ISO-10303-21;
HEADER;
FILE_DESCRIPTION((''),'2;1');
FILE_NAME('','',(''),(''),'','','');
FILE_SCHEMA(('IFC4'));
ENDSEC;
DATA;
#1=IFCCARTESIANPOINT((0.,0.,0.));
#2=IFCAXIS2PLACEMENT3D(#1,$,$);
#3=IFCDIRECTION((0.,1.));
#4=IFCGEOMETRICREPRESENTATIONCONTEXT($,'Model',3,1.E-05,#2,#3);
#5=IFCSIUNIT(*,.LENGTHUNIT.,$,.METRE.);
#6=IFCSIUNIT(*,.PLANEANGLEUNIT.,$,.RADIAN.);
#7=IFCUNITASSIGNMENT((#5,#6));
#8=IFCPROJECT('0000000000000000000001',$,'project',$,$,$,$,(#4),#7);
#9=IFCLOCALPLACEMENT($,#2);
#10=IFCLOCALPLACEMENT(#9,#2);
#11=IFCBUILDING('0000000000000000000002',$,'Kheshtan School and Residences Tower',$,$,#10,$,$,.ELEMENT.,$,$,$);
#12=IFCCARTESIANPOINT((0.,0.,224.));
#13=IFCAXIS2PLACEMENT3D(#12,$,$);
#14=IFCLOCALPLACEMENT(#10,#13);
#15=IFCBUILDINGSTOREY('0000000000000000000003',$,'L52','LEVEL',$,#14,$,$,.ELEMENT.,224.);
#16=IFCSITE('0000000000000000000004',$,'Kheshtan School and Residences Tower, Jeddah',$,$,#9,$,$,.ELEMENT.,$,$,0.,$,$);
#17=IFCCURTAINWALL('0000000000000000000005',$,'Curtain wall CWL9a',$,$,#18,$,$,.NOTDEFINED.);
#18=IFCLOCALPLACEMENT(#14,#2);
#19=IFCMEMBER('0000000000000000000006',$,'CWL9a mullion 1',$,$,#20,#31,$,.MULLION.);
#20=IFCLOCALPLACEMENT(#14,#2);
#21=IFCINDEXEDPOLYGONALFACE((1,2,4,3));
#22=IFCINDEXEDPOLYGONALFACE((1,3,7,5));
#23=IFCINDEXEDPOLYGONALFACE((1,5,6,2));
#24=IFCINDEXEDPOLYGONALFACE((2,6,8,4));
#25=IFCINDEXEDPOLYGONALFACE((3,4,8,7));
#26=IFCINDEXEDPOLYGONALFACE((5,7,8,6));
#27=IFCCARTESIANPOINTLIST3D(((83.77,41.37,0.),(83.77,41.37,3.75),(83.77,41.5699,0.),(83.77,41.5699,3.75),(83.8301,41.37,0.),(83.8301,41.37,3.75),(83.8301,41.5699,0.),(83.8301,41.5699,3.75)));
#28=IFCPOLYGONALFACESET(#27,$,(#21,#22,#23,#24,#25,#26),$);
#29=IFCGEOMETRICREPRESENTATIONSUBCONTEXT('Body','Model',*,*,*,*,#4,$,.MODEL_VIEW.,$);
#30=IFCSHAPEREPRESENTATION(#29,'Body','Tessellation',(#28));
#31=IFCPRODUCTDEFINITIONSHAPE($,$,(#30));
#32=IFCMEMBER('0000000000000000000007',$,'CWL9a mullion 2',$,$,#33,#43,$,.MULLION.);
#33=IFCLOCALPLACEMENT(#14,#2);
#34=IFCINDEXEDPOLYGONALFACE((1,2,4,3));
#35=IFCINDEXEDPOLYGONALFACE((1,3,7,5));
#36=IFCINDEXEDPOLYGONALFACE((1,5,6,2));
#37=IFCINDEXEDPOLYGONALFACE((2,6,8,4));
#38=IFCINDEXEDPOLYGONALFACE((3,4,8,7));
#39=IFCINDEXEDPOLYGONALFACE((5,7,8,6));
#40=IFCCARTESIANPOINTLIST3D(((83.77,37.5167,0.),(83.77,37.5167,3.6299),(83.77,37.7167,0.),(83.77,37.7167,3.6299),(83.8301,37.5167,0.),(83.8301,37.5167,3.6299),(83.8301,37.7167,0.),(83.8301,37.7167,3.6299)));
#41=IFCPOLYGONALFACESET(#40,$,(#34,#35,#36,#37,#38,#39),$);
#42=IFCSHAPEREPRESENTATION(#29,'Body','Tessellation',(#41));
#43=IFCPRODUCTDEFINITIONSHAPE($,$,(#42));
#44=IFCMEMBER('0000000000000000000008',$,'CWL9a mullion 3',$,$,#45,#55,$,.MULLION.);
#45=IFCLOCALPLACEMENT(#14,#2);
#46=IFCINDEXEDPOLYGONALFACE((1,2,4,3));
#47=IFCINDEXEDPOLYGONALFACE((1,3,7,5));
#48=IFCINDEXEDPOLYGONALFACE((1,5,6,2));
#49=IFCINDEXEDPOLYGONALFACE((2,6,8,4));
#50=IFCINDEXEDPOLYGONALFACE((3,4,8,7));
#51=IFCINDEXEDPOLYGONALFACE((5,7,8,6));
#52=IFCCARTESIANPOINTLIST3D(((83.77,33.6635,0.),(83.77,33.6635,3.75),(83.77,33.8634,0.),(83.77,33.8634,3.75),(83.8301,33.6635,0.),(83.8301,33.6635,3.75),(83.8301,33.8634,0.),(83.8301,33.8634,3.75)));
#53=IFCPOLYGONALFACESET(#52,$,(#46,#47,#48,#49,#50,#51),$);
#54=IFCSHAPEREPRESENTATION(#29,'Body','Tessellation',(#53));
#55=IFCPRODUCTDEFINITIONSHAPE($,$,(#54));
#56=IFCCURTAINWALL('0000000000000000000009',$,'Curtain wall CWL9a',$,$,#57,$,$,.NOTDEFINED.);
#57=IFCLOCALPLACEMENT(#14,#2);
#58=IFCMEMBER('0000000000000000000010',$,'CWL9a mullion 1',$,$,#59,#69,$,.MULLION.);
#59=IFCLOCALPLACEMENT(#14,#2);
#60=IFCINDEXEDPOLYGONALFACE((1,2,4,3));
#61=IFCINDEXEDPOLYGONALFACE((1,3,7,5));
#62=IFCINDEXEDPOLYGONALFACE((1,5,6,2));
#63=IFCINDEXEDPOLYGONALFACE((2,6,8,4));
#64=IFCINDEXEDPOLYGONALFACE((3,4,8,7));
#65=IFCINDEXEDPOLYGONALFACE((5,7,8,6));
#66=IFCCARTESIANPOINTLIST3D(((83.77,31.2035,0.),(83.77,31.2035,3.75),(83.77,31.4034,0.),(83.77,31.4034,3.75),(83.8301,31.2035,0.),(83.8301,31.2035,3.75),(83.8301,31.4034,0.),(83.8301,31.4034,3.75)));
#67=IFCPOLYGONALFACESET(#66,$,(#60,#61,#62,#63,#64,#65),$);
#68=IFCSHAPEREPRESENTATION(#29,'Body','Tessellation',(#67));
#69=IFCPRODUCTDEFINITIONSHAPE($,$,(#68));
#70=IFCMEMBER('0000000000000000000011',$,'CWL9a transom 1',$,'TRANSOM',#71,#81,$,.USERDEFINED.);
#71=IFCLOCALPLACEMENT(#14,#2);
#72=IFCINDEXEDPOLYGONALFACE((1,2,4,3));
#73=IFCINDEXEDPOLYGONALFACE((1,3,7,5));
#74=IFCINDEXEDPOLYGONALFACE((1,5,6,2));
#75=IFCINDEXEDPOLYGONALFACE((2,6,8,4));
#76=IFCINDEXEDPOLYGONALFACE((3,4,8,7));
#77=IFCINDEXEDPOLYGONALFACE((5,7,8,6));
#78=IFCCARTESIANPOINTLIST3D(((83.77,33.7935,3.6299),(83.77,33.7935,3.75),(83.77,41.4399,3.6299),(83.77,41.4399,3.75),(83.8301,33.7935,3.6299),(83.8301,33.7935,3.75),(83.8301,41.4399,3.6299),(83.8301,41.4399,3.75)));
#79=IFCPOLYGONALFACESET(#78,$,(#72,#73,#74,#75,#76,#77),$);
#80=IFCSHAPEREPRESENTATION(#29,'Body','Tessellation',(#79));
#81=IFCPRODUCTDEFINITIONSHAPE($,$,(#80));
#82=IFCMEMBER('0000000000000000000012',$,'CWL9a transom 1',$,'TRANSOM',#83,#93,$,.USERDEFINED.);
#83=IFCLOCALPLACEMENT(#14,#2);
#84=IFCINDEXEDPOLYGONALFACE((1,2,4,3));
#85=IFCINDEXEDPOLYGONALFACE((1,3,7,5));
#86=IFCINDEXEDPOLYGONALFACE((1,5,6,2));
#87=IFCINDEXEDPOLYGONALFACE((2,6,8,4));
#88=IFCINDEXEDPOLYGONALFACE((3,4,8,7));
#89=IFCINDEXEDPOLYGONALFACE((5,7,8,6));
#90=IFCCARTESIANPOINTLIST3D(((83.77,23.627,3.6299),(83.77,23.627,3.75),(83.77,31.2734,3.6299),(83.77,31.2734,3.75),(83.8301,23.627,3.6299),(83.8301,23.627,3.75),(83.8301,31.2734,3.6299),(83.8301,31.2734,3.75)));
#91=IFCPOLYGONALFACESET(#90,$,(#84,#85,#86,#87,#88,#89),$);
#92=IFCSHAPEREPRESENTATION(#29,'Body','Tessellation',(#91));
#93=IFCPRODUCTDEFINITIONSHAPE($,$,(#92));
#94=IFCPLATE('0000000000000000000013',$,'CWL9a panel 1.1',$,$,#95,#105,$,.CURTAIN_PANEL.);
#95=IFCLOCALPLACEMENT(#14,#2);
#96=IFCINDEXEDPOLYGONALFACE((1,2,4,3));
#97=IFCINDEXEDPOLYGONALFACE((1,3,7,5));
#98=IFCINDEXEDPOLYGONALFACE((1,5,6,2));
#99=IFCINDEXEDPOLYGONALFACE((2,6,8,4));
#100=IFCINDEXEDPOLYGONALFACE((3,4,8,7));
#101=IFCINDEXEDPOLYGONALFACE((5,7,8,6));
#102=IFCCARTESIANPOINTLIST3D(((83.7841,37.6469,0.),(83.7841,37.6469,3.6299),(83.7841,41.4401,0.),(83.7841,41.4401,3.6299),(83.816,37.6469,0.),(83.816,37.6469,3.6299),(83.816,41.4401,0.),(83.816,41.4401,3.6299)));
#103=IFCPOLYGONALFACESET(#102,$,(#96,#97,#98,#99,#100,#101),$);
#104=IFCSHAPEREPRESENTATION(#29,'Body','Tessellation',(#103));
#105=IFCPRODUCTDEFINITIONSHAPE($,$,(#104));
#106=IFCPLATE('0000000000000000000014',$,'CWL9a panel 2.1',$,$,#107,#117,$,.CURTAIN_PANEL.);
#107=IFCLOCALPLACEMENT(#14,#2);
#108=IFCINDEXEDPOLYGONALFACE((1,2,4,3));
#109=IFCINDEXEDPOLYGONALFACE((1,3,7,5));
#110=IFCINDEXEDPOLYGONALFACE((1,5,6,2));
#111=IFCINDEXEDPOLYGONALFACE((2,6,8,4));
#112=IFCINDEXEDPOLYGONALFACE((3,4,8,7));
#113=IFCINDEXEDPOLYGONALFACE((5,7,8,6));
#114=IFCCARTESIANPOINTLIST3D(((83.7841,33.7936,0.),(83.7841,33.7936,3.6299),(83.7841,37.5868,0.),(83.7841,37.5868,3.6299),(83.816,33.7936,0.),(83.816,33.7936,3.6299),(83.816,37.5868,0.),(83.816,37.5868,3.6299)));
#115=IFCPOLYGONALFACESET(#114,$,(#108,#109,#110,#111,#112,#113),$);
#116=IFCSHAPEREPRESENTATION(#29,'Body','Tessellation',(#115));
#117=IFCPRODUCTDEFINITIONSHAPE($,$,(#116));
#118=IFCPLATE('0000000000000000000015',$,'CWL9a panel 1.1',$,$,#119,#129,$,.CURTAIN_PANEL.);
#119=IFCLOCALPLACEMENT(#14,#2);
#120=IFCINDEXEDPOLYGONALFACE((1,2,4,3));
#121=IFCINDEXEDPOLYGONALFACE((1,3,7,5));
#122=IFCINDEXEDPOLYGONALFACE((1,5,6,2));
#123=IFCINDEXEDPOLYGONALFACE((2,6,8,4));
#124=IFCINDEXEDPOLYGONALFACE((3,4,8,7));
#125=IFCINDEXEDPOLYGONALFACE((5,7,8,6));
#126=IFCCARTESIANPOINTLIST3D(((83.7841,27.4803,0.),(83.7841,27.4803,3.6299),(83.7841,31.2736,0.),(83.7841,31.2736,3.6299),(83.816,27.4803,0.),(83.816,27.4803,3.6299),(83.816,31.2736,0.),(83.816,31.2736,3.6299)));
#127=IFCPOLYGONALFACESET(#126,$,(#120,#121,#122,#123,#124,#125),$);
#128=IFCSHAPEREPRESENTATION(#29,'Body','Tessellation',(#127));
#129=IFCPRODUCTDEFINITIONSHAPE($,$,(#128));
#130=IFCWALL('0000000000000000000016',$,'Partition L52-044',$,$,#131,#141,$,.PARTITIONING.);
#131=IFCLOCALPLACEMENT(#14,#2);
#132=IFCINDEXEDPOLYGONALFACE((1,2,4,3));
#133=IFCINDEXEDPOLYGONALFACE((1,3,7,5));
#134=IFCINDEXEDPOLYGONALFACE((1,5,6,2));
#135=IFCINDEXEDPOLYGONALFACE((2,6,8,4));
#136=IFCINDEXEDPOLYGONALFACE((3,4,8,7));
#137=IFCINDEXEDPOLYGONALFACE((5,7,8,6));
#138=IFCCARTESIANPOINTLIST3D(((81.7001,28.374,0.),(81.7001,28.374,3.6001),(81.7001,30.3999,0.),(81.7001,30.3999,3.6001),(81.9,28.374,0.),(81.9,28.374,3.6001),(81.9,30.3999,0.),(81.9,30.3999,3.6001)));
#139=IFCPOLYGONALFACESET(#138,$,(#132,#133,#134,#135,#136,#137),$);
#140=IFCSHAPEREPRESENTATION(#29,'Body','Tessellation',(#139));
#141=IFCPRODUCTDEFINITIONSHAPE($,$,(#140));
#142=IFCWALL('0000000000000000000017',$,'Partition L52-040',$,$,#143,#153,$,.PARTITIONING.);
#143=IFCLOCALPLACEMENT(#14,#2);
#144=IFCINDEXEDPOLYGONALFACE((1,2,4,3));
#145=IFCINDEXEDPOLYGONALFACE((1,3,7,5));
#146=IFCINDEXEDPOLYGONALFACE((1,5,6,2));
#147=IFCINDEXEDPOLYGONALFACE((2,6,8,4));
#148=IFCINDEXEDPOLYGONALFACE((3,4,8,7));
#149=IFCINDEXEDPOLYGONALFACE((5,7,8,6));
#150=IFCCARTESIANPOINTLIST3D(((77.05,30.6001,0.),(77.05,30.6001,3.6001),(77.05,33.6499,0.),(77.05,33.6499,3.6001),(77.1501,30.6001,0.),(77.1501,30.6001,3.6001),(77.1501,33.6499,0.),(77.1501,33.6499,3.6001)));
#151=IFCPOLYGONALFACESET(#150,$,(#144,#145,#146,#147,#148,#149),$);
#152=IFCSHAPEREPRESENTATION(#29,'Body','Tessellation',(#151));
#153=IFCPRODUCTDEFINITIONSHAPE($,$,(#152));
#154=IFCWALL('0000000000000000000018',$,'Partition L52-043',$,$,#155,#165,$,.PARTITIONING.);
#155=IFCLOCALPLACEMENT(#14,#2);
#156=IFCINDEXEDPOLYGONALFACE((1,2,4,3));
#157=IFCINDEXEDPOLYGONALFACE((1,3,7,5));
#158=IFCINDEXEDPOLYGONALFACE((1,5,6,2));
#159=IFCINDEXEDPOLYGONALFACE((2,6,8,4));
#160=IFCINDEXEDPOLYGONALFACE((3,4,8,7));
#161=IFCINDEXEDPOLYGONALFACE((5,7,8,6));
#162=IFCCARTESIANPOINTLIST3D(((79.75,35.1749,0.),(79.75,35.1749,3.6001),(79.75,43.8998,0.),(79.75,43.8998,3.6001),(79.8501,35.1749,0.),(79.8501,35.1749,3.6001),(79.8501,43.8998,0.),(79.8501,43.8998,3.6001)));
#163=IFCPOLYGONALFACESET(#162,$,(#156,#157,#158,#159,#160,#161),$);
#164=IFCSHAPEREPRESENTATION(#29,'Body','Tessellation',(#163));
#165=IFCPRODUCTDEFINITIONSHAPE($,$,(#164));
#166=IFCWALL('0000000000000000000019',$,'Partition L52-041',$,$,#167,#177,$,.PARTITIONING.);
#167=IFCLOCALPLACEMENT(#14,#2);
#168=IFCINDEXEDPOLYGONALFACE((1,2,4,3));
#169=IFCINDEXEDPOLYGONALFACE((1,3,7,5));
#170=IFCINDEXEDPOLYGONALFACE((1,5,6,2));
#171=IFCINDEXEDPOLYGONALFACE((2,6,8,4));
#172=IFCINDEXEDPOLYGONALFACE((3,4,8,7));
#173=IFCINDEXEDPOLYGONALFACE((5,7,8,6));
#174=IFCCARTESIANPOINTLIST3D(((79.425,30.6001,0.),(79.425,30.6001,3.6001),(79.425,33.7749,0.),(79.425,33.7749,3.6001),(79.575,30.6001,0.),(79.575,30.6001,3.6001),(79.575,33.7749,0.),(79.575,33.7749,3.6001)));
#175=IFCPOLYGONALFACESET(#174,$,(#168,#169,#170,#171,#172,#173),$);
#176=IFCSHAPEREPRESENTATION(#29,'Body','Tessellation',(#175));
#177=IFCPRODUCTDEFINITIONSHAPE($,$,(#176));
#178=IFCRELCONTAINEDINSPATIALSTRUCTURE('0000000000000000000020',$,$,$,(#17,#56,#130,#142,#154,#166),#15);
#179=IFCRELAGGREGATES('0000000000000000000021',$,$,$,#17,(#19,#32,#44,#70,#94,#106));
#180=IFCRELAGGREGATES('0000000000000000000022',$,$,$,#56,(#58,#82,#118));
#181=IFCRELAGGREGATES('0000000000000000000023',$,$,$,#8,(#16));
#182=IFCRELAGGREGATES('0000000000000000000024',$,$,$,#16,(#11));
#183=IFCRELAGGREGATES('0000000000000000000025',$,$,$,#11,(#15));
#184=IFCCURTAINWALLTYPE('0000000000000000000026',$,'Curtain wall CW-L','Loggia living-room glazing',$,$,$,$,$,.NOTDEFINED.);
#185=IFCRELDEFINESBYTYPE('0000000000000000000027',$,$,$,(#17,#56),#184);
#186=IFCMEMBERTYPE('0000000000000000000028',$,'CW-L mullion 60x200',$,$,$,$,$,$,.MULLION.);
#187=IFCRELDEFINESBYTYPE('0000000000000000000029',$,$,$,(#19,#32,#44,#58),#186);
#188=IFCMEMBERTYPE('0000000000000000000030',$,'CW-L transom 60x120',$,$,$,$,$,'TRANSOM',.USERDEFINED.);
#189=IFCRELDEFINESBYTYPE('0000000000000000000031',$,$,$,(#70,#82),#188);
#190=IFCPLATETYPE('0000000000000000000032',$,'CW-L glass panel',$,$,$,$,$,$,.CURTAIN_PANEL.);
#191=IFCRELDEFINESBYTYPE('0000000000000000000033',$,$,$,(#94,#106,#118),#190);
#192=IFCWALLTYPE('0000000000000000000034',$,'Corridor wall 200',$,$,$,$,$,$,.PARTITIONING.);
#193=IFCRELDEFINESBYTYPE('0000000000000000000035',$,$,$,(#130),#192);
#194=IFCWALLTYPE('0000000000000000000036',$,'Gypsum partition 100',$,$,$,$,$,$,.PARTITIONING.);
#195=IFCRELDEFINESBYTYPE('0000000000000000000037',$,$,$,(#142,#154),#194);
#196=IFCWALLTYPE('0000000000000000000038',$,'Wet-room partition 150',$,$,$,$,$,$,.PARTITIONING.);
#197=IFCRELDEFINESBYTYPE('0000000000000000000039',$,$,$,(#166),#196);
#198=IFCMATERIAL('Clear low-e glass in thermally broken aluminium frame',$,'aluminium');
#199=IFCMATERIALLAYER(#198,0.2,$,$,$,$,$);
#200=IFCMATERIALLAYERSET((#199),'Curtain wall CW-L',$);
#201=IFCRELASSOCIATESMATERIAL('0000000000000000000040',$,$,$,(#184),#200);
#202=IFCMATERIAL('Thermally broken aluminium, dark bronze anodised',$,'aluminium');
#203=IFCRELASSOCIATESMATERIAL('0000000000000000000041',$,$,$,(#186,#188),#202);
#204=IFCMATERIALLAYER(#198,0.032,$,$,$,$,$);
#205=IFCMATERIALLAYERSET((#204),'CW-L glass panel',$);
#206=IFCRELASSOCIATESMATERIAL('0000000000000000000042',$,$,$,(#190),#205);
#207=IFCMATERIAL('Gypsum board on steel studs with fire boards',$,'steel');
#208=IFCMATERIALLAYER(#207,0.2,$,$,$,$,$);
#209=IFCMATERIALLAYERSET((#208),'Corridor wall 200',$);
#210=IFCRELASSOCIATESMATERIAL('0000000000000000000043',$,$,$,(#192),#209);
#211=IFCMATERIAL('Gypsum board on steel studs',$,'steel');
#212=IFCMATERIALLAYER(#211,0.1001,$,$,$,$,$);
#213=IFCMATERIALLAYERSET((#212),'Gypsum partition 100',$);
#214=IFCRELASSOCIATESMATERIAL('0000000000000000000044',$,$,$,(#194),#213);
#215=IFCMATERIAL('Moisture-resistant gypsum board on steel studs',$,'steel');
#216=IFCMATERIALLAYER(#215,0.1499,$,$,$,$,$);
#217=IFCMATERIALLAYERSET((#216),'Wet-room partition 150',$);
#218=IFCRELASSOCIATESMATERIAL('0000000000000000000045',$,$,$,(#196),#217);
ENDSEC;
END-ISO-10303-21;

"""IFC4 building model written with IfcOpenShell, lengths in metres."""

from ifc_helpers import new_model, si_unit, direction, frame, frame_2d, origin, origin_2d, place, context, subcontext, project, spatial, rectangle, extrude, material, layer, layer_set, material_profile, profile_set, type_object, element, aggregate, save


model = new_model("IFC4")

# Units and contexts
model_context = context("Model", 3, precision=1e-05, world=origin(), true_north=direction((0.0, 1.0)))
body_context = subcontext(model_context, "Body", "Model", "MODEL_VIEW")
ifc_project = project(units=[si_unit("LENGTHUNIT", "METRE"), si_unit("PLANEANGLEUNIT", "RADIAN")], contexts=[model_context])

# Site, building, storey
site_placement = place(None, origin())
site = spatial("IfcSite", under=ifc_project, at=site_placement, Name="Kheshtan School and Residences Tower, Jeddah", CompositionType="ELEMENT", RefElevation=0.0)
building_placement = place(site_placement, origin())
building = spatial("IfcBuilding", under=site, at=building_placement, Name="Kheshtan School and Residences Tower", CompositionType="ELEMENT")
storey_placement = place(building_placement, frame((0.0, 0.0, 224.0)))
storey = spatial("IfcBuildingStorey", under=building, at=storey_placement, Name="L52", Description="LEVEL", CompositionType="ELEMENT", Elevation=224.0)

# Curtain wall, members
ifc_material_1 = material(Name="Clear low-e glass in thermally broken aluminium frame", Category="aluminium")
ifc_layer_1 = layer(ifc_material_1, 0.2)
ifc_layer_set_1 = layer_set([ifc_layer_1], Name="Curtain wall CW-L")
curtain_wall_type = type_object("IfcCurtainWallType", Name="Curtain wall CW-L", Description="Loggia living-room glazing", PredefinedType="NOTDEFINED", material=ifc_layer_set_1)
curtain_wall_1_placement = place(storey_placement, origin())
curtain_wall_1 = element("IfcCurtainWall", 1, at=curtain_wall_1_placement, inside=storey, type_object=curtain_wall_type, Name="Curtain wall CWL9a", PredefinedType="NOTDEFINED")
ifc_material_2 = material(Name="Thermally broken aluminium, dark bronze anodised", Category="aluminium")
ifc_material_profile_1 = material_profile(ifc_material_2, rectangle(XDim=0.0601, YDim=0.2, at=origin_2d()), Name="CW-L mullion 60x200")
ifc_profile_set_1 = profile_set([ifc_material_profile_1], Name="Thermally broken aluminium, dark bronze anodised")
member_type_1 = type_object("IfcMemberType", Name="CW-L mullion 60x200", PredefinedType="MULLION", material=ifc_profile_set_1)
member_1_placement = place(storey_placement, frame((83.8, 41.47, 0.0), z_axis=(0.0, 0.0, 1.0), x_axis=(1.0, 0.0, 0.0)))
member_1 = element("IfcMember", 2, at=member_1_placement, type_object=member_type_1, Name="CWL9a mullion 1", PredefinedType="MULLION", context=body_context, shape_type="SweptSolid", body=[
    extrude(rectangle(XDim=0.0601, YDim=0.2, at=origin_2d()), origin(), (0.0, 0.0, 1.0), 3.75),
])
member_2_placement = place(storey_placement, frame((83.8, 37.6167, 0.0), z_axis=(0.0, 0.0, 1.0), x_axis=(1.0, 0.0, 0.0)))
member_2 = element("IfcMember", 3, at=member_2_placement, type_object=member_type_1, Name="CWL9a mullion 2", PredefinedType="MULLION", context=body_context, shape_type="SweptSolid", body=[
    extrude(rectangle(XDim=0.0601, YDim=0.2, at=origin_2d()), origin(), (0.0, 0.0, 1.0), 3.6299),
])
member_3_placement = place(storey_placement, frame((83.8, 33.7634, 0.0), z_axis=(0.0, 0.0, 1.0), x_axis=(1.0, 0.0, 0.0)))
member_3 = element("IfcMember", 4, at=member_3_placement, type_object=member_type_1, Name="CWL9a mullion 3", PredefinedType="MULLION", context=body_context, shape_type="SweptSolid", body=[
    extrude(rectangle(XDim=0.0601, YDim=0.2, at=origin_2d()), origin(), (0.0, 0.0, 1.0), 3.75),
])

# Curtain wall, member
curtain_wall_2_placement = place(storey_placement, origin())
curtain_wall_2 = element("IfcCurtainWall", 5, at=curtain_wall_2_placement, inside=storey, type_object=curtain_wall_type, Name="Curtain wall CWL9a", PredefinedType="NOTDEFINED")
member_4_placement = place(storey_placement, frame((83.8, 31.3035, 0.0), z_axis=(0.0, 0.0, 1.0), x_axis=(1.0, 0.0, 0.0)))
member_4 = element("IfcMember", 6, at=member_4_placement, type_object=member_type_1, Name="CWL9a mullion 1", PredefinedType="MULLION", context=body_context, shape_type="SweptSolid", body=[
    extrude(rectangle(XDim=0.0601, YDim=0.2, at=origin_2d()), origin(), (0.0, 0.0, 1.0), 3.75),
])

# Members
ifc_material_profile_2 = material_profile(ifc_material_2, rectangle(XDim=0.0601, YDim=0.1201, at=origin_2d()), Name="CW-L transom 60x120")
ifc_profile_set_2 = profile_set([ifc_material_profile_2], Name="Thermally broken aluminium, dark bronze anodised")
member_type_2 = type_object("IfcMemberType", Name="CW-L transom 60x120", ElementType="TRANSOM", PredefinedType="USERDEFINED", material=ifc_profile_set_2)
member_5_placement = place(storey_placement, frame((83.8, 41.4399, 3.6899), z_axis=(0.0, -1.0, 0.0), x_axis=(1.0, 0.0, 0.0)))
member_5 = element("IfcMember", 7, at=member_5_placement, type_object=member_type_2, Name="CWL9a transom 1", ObjectType="TRANSOM", PredefinedType="USERDEFINED", context=body_context, shape_type="SweptSolid", body=[
    extrude(rectangle(XDim=0.0601, YDim=0.1201, at=origin_2d()), origin(), (0.0, 0.0, 1.0), 7.6465),
])
member_6_placement = place(storey_placement, frame((83.8, 31.2734, 3.6899), z_axis=(0.0, -1.0, 0.0), x_axis=(1.0, 0.0, 0.0)))
member_6 = element("IfcMember", 8, at=member_6_placement, type_object=member_type_2, Name="CWL9a transom 1", ObjectType="TRANSOM", PredefinedType="USERDEFINED", context=body_context, shape_type="SweptSolid", body=[
    extrude(rectangle(XDim=0.0601, YDim=0.1201, at=origin_2d()), origin(), (0.0, 0.0, 1.0), 7.6465),
])

# Plates
ifc_layer_2 = layer(ifc_material_1, 0.032)
ifc_layer_set_2 = layer_set([ifc_layer_2], Name="CW-L glass panel")
plate_type = type_object("IfcPlateType", Name="CW-L glass panel", PredefinedType="CURTAIN_PANEL", material=ifc_layer_set_2)
plate_1_placement = place(storey_placement, frame((83.8, 39.5435, 0.0), z_axis=(0.0, 0.0, 1.0), x_axis=(0.0, -1.0, 0.0)))
plate_1 = element("IfcPlate", 9, at=plate_1_placement, type_object=plate_type, Name="CWL9a panel 1.1", PredefinedType="CURTAIN_PANEL", context=body_context, shape_type="SweptSolid", body=[
    extrude(rectangle(XDim=3.7932, YDim=0.032, at=origin_2d()), origin(), (0.0, 0.0, 1.0), 3.6299),
])
plate_2_placement = place(storey_placement, frame((83.8, 35.6902, 0.0), z_axis=(0.0, 0.0, 1.0), x_axis=(0.0, -1.0, 0.0)))
plate_2 = element("IfcPlate", 10, at=plate_2_placement, type_object=plate_type, Name="CWL9a panel 2.1", PredefinedType="CURTAIN_PANEL", context=body_context, shape_type="SweptSolid", body=[
    extrude(rectangle(XDim=3.7932, YDim=0.032, at=origin_2d()), origin(), (0.0, 0.0, 1.0), 3.6299),
])
aggregate(curtain_wall_1, [member_1, member_2, member_3, member_5, plate_1, plate_2])
plate_3_placement = place(storey_placement, frame((83.8, 29.377, 0.0), z_axis=(0.0, 0.0, 1.0), x_axis=(0.0, -1.0, 0.0)))
plate_3 = element("IfcPlate", 11, at=plate_3_placement, type_object=plate_type, Name="CWL9a panel 1.1", PredefinedType="CURTAIN_PANEL", context=body_context, shape_type="SweptSolid", body=[
    extrude(rectangle(XDim=3.7932, YDim=0.032, at=origin_2d()), origin(), (0.0, 0.0, 1.0), 3.6299),
])
aggregate(curtain_wall_2, [member_4, member_6, plate_3])

# Wall
ifc_material_3 = material(Name="Gypsum board on steel studs with fire boards", Category="steel")
ifc_layer_3 = layer(ifc_material_3, 0.2)
ifc_layer_set_3 = layer_set([ifc_layer_3], Name="Corridor wall 200")
wall_type_1 = type_object("IfcWallType", Name="Corridor wall 200", PredefinedType="PARTITIONING", material=ifc_layer_set_3)
wall_1_placement = place(storey_placement, frame((81.8, 28.374, 0.0), z_axis=(0.0, 0.0, 1.0), x_axis=(0.0, 1.0, 0.0)))
element("IfcWall", 12, at=wall_1_placement, inside=storey, type_object=wall_type_1, Name="Partition L52-044", PredefinedType="PARTITIONING", context=body_context, shape_type="SweptSolid", body=[
    extrude(rectangle(XDim=2.0259, YDim=0.2, at=frame_2d((1.0129, 0.0))), origin(), (0.0, 0.0, 1.0), 3.6001),
])

# Walls
ifc_material_4 = material(Name="Gypsum board on steel studs", Category="steel")
ifc_layer_4 = layer(ifc_material_4, 0.1001)
ifc_layer_set_4 = layer_set([ifc_layer_4], Name="Gypsum partition 100")
wall_type_2 = type_object("IfcWallType", Name="Gypsum partition 100", PredefinedType="PARTITIONING", material=ifc_layer_set_4)
wall_2_placement = place(storey_placement, frame((77.1001, 30.6001, 0.0), z_axis=(0.0, 0.0, 1.0), x_axis=(0.0, 1.0, 0.0)))
element("IfcWall", 13, at=wall_2_placement, inside=storey, type_object=wall_type_2, Name="Partition L52-040", PredefinedType="PARTITIONING", context=body_context, shape_type="SweptSolid", body=[
    extrude(rectangle(XDim=3.0498, YDim=0.1001, at=frame_2d((1.5249, 0.0))), origin(), (0.0, 0.0, 1.0), 3.6001),
])
wall_3_placement = place(storey_placement, frame((79.8, 35.175, 0.0), z_axis=(0.0, 0.0, 1.0), x_axis=(0.0, 1.0, 0.0)))
element("IfcWall", 14, at=wall_3_placement, inside=storey, type_object=wall_type_2, Name="Partition L52-043", PredefinedType="PARTITIONING", context=body_context, shape_type="SweptSolid", body=[
    extrude(rectangle(XDim=8.7249, YDim=0.1001, at=frame_2d((4.3623, 0.0))), origin(), (0.0, 0.0, 1.0), 3.6001),
])
ifc_material_5 = material(Name="Moisture-resistant gypsum board on steel studs", Category="steel")
ifc_layer_5 = layer(ifc_material_5, 0.1499)
ifc_layer_set_5 = layer_set([ifc_layer_5], Name="Wet-room partition 150")
wall_type_3 = type_object("IfcWallType", Name="Wet-room partition 150", PredefinedType="PARTITIONING", material=ifc_layer_set_5)
wall_4_placement = place(storey_placement, frame((79.5, 30.6001, 0.0), z_axis=(0.0, 0.0, 1.0), x_axis=(0.0, 1.0, 0.0)))
element("IfcWall", 15, at=wall_4_placement, inside=storey, type_object=wall_type_3, Name="Partition L52-041", PredefinedType="PARTITIONING", context=body_context, shape_type="SweptSolid", body=[
    extrude(rectangle(XDim=3.1748, YDim=0.1499, at=frame_2d((1.5874, 0.0))), origin(), (0.0, 0.0, 1.0), 3.6001),
])

save(model, "model.ifc")
